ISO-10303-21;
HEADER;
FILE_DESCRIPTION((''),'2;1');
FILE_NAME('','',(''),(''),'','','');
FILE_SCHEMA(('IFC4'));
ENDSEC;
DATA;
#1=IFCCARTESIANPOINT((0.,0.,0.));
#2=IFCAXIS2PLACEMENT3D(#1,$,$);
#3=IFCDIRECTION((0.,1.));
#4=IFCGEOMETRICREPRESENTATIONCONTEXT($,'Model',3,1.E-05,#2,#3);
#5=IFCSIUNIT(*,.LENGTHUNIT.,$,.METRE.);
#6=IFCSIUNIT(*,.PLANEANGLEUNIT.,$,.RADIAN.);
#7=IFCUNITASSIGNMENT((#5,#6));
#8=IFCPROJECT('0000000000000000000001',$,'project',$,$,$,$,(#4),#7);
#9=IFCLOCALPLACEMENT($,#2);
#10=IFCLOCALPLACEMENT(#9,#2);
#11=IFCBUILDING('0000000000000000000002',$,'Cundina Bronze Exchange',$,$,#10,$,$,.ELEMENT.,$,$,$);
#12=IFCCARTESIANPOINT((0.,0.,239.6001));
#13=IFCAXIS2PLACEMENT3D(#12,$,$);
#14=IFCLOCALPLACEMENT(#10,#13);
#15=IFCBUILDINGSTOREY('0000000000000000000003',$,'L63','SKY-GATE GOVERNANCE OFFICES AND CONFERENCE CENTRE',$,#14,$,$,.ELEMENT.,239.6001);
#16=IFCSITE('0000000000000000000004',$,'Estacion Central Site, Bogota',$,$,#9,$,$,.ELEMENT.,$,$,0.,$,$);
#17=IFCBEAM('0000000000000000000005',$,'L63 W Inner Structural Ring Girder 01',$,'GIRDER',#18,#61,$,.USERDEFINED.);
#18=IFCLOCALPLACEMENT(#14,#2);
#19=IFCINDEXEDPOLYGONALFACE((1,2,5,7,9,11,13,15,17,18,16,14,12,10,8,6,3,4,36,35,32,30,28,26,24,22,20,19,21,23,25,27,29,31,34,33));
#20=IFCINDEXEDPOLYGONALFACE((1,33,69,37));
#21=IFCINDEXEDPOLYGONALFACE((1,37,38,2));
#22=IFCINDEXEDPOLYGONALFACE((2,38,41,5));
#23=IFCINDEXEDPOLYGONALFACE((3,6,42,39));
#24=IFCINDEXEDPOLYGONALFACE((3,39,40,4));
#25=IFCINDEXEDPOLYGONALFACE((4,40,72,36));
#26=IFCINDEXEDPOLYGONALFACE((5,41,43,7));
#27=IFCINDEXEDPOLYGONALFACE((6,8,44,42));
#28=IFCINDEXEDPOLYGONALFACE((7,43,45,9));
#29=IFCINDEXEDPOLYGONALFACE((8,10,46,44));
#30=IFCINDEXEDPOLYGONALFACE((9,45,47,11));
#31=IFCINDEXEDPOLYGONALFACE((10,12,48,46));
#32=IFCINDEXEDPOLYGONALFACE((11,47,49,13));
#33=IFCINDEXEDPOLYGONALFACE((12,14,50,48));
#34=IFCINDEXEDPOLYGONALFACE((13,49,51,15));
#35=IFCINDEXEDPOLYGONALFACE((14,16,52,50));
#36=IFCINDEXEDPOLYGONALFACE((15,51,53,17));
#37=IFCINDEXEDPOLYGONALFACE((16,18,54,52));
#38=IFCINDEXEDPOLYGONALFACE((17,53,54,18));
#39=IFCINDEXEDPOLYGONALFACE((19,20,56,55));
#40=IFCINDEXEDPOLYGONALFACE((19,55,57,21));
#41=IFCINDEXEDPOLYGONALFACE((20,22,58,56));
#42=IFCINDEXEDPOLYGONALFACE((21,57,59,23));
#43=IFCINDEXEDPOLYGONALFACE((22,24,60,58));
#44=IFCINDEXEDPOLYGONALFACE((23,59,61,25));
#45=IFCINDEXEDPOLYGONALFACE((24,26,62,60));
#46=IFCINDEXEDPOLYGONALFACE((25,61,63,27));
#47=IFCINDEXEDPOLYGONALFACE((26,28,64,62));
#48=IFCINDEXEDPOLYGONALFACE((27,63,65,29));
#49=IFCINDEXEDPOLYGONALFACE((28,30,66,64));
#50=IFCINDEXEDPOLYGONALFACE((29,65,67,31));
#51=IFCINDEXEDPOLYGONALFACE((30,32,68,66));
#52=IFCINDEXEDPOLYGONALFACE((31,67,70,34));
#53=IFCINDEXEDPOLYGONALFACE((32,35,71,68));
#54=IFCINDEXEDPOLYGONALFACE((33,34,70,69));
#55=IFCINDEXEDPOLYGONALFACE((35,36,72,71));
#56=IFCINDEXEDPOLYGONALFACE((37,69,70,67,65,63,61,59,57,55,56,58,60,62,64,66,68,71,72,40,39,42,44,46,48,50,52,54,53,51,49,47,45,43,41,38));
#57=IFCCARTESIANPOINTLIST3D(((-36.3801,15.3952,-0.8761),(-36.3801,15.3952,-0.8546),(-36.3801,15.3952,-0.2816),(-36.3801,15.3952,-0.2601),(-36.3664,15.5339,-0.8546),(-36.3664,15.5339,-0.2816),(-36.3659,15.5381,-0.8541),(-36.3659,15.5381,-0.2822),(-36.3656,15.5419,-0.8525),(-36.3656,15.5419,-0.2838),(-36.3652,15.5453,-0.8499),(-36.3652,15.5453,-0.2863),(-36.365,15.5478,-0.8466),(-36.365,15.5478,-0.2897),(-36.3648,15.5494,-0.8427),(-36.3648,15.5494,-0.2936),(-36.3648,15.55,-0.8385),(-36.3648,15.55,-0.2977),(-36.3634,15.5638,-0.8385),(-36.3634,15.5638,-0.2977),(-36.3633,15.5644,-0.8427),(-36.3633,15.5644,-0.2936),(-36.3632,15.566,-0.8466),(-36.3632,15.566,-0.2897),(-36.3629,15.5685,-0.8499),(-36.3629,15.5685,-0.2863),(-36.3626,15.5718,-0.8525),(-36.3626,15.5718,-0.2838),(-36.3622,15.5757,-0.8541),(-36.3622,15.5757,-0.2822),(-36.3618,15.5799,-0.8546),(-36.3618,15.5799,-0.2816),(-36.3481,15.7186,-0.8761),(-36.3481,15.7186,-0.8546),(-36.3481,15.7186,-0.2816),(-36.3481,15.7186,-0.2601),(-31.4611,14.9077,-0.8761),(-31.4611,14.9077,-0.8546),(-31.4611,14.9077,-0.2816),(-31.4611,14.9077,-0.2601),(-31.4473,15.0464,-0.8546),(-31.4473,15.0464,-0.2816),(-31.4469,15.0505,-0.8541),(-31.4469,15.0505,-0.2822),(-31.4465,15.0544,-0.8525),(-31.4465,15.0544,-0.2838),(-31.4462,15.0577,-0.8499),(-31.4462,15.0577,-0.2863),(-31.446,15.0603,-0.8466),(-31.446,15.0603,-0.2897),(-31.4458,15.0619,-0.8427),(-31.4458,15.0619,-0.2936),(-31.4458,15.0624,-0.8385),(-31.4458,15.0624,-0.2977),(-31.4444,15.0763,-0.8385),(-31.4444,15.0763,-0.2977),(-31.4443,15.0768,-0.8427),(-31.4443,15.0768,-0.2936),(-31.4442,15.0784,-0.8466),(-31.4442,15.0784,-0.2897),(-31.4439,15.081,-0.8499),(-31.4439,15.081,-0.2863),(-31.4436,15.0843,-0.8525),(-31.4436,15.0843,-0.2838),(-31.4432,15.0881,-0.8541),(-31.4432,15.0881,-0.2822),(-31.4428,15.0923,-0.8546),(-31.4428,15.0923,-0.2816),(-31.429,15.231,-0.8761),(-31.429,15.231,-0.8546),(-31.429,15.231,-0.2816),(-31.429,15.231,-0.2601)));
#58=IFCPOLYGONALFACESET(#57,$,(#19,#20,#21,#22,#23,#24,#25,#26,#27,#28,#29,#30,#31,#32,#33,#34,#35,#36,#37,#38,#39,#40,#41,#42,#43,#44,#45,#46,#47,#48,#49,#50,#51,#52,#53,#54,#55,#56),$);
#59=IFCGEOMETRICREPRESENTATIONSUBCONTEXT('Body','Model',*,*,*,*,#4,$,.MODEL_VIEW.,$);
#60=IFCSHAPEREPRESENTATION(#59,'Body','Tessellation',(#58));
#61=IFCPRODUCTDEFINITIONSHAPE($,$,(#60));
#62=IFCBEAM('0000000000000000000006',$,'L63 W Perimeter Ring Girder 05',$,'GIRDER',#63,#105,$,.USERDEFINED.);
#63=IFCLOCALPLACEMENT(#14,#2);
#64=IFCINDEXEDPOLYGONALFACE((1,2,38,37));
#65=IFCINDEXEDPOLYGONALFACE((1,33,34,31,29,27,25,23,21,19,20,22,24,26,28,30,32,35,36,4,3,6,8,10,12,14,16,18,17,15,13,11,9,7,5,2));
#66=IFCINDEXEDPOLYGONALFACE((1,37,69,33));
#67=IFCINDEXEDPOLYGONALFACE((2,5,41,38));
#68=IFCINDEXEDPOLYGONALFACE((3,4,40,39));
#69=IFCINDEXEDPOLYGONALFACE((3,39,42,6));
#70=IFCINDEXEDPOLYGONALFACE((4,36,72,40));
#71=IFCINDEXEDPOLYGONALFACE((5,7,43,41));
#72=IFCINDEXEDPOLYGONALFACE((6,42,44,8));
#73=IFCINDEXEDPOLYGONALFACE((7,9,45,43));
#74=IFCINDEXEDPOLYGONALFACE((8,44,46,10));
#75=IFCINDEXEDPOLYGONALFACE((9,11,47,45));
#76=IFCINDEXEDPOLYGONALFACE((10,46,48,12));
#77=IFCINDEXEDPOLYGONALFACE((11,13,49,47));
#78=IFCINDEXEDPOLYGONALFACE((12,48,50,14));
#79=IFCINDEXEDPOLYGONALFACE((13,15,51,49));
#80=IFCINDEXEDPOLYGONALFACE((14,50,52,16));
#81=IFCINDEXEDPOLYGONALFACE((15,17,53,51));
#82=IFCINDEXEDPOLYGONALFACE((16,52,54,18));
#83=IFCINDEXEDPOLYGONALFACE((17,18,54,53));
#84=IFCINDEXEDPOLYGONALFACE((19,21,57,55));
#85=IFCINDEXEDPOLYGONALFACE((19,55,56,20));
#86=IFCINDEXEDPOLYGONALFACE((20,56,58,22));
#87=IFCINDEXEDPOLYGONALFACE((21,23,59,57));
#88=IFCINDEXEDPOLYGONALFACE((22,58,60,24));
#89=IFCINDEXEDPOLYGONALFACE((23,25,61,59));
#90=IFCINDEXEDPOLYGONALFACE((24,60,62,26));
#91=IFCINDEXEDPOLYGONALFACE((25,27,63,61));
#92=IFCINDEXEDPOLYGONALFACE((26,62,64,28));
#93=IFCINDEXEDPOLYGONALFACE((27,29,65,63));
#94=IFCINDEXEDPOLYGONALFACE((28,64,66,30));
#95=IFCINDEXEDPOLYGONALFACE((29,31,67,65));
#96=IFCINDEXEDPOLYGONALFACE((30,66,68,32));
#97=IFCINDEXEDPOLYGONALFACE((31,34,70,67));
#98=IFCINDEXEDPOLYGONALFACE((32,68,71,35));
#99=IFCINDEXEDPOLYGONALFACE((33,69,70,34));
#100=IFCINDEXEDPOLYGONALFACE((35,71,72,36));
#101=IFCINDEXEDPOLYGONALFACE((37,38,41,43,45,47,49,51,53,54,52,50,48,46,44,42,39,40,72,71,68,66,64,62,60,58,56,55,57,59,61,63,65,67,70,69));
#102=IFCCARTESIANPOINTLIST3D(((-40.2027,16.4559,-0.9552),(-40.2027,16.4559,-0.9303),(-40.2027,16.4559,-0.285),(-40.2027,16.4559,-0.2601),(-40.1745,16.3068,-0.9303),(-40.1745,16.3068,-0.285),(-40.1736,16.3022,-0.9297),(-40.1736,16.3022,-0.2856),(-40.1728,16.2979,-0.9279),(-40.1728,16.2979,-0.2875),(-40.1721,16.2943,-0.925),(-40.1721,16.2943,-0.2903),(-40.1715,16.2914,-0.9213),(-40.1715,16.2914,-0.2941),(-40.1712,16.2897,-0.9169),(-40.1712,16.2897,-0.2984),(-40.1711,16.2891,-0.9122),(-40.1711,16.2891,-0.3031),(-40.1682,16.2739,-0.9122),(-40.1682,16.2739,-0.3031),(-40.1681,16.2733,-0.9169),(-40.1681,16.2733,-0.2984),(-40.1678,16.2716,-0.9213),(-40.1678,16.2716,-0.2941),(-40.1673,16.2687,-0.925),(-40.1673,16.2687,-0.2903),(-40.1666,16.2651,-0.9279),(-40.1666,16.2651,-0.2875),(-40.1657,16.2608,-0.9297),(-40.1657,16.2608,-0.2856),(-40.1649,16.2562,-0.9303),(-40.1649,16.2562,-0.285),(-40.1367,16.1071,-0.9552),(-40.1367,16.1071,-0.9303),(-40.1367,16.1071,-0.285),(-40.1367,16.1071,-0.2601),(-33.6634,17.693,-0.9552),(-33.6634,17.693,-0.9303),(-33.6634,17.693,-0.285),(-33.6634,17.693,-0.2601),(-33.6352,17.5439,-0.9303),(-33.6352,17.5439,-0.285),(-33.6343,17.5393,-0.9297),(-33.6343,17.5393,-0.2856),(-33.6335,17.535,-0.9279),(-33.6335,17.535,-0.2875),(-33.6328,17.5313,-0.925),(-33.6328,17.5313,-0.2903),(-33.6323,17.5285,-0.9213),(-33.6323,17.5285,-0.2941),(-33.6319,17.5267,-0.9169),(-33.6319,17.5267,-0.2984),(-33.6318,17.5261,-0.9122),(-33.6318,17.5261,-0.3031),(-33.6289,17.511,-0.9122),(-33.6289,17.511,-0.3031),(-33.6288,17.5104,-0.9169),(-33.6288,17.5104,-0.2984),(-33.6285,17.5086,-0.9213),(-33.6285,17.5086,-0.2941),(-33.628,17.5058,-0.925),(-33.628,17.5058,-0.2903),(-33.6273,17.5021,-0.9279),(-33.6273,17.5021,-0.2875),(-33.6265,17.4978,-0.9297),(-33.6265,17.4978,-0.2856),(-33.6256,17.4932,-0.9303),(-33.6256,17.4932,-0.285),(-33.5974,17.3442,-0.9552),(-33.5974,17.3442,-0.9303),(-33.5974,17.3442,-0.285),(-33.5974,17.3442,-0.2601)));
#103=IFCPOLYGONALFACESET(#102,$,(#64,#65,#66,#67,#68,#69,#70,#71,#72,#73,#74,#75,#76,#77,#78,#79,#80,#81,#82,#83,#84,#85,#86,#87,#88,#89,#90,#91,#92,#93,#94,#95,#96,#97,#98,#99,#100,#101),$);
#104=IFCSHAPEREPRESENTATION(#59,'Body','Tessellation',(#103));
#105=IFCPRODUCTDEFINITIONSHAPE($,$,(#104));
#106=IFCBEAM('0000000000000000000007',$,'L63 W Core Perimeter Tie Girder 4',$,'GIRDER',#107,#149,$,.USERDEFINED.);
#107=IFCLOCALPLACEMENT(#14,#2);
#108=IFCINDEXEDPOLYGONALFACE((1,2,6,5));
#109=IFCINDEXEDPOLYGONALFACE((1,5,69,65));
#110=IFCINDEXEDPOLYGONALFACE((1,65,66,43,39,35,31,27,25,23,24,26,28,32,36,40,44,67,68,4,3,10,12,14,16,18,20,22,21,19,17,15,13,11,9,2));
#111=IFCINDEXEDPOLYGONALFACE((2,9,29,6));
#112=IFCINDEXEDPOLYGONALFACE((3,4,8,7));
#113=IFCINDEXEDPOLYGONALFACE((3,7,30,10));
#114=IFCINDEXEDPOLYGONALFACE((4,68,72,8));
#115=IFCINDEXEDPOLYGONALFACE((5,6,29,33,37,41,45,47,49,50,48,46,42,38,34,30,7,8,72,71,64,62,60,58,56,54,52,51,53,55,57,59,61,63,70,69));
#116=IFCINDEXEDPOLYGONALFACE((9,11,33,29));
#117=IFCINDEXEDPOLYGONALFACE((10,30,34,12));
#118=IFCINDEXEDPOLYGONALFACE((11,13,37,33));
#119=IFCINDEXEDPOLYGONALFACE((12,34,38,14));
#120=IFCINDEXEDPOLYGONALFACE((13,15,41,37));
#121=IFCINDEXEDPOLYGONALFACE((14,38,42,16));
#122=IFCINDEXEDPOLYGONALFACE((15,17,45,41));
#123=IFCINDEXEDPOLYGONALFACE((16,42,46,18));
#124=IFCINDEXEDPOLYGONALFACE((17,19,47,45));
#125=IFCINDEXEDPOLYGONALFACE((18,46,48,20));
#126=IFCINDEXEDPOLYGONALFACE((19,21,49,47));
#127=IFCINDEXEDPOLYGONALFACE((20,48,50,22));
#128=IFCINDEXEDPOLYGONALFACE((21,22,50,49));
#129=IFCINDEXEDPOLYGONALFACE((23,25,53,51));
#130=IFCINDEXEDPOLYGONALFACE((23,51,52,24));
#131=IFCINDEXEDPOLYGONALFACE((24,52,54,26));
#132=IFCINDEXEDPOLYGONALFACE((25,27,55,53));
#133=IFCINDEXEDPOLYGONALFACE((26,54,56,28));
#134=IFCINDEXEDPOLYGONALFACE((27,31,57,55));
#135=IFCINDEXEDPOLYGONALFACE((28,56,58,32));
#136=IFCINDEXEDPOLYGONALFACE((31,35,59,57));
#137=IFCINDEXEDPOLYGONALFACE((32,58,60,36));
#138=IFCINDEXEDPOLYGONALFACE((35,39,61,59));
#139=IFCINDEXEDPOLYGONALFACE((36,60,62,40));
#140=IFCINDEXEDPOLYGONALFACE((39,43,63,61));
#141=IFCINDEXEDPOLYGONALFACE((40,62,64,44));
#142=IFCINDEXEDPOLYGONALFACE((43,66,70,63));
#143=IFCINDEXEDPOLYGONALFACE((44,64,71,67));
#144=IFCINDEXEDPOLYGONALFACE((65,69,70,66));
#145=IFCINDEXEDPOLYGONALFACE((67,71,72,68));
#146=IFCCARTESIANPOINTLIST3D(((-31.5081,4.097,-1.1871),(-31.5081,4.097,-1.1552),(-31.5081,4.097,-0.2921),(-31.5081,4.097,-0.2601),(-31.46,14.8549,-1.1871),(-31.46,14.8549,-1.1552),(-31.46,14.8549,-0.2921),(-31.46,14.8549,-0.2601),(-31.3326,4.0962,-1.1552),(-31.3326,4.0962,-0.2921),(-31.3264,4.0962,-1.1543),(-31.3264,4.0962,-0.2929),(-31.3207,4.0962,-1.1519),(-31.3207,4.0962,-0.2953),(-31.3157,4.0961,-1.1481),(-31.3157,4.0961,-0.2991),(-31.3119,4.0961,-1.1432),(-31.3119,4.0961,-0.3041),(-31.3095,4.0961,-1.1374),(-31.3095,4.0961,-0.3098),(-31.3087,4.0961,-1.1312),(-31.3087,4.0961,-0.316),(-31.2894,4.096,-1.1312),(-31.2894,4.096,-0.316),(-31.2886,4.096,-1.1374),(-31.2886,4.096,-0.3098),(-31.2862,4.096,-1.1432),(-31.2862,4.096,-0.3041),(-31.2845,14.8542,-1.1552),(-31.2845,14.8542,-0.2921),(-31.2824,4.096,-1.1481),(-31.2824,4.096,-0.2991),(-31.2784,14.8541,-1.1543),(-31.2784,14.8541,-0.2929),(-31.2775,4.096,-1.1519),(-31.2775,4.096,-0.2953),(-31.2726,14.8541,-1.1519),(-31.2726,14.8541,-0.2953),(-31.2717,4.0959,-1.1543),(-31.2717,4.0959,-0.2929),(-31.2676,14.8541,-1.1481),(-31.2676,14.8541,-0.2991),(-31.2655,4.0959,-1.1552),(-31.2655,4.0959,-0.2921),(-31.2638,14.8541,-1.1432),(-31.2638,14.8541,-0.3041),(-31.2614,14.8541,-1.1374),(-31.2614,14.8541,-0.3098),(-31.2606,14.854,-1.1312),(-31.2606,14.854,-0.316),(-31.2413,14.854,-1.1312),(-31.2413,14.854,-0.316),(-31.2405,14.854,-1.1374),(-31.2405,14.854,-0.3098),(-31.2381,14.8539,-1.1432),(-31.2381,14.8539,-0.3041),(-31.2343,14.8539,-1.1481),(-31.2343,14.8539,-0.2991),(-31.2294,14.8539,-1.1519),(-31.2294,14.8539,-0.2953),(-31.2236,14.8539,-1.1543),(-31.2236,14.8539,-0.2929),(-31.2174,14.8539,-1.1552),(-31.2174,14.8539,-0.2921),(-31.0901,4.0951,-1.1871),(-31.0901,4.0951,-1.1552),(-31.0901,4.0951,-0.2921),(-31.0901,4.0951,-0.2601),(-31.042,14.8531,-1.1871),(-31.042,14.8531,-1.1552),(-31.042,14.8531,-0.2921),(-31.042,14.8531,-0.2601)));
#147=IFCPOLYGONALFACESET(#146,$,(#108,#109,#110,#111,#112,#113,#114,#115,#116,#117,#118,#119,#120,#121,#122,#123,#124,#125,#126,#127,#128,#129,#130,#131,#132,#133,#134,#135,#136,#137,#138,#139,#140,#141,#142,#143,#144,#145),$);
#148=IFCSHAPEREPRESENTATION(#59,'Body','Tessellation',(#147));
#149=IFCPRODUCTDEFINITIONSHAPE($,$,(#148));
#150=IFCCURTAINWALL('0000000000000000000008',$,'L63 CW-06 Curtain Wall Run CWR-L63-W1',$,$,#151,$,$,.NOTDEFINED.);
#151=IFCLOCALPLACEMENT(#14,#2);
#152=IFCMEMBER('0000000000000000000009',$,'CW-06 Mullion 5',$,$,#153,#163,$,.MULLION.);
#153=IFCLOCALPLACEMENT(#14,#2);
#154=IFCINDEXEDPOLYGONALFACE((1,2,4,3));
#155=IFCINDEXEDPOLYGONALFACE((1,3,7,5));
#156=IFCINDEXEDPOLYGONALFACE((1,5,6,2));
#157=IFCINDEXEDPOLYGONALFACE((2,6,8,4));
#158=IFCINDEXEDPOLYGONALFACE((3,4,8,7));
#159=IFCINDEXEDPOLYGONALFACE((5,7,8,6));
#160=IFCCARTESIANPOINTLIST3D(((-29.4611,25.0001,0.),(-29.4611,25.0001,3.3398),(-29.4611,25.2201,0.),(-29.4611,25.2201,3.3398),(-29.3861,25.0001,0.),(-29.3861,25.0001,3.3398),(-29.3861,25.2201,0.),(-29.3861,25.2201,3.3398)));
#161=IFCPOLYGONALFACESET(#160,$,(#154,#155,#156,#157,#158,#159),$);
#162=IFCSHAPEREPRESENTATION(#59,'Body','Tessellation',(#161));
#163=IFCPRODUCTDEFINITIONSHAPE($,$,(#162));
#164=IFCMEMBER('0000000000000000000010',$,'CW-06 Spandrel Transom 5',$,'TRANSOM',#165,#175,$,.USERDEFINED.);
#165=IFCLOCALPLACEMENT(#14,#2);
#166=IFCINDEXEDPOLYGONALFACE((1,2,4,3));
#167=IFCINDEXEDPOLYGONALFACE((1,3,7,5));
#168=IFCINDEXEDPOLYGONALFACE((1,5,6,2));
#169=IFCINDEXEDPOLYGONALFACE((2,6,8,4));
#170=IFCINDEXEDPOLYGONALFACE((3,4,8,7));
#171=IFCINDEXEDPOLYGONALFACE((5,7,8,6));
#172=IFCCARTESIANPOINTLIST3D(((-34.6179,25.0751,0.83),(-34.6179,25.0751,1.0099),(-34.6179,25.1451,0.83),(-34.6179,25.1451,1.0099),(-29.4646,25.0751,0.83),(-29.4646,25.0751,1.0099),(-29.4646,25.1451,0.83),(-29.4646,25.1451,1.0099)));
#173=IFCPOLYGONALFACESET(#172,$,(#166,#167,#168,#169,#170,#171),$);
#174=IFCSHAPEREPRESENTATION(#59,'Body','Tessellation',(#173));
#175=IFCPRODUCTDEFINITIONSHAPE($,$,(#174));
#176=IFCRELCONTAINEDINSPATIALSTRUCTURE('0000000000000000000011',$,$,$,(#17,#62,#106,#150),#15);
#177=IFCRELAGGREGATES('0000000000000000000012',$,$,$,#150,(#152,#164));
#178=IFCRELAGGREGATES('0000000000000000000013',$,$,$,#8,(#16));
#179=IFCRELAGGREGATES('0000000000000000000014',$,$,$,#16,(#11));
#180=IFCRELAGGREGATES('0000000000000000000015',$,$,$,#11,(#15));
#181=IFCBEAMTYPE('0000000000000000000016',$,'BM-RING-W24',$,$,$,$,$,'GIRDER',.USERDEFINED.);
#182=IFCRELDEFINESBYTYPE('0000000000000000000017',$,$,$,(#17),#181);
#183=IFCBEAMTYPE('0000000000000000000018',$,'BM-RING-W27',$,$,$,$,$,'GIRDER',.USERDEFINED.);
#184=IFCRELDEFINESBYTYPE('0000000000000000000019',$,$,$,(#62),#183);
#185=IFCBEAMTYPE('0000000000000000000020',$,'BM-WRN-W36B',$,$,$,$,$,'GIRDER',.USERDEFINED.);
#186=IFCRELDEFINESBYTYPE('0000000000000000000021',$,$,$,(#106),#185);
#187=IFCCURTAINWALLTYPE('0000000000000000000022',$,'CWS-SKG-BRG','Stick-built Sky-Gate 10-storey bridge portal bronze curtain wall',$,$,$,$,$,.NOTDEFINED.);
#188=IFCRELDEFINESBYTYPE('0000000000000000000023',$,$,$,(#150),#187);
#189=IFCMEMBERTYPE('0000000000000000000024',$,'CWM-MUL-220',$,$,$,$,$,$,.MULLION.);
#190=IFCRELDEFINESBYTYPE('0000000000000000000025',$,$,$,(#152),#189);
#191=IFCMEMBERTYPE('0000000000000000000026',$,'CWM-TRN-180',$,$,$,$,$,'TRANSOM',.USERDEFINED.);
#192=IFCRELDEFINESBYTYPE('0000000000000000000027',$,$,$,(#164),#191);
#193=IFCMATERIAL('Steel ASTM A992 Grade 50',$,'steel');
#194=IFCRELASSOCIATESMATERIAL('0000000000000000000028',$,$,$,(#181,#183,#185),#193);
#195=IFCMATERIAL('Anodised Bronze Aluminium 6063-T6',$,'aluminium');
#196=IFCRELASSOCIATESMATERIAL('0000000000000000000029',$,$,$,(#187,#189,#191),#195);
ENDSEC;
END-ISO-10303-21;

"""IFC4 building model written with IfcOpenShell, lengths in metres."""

from ifc_helpers import new_model, si_unit, direction, frame, origin, origin_2d, place, context, subcontext, project, spatial, rectangle, i_section, extrude, material, material_profile, profile_set, type_object, element, aggregate, save


model = new_model("IFC4")

# Units and contexts
model_context = context("Model", 3, precision=1e-05, world=origin(), true_north=direction((0.0, 1.0)))
body_context = subcontext(model_context, "Body", "Model", "MODEL_VIEW")
ifc_project = project(units=[si_unit("LENGTHUNIT", "METRE"), si_unit("PLANEANGLEUNIT", "RADIAN")], contexts=[model_context])

# Site, building, storey
site_placement = place(None, origin())
site = spatial("IfcSite", under=ifc_project, at=site_placement, Name="Estacion Central Site, Bogota", CompositionType="ELEMENT", RefElevation=0.0)
building_placement = place(site_placement, origin())
building = spatial("IfcBuilding", under=site, at=building_placement, Name="Cundina Bronze Exchange", CompositionType="ELEMENT")
storey_placement = place(building_placement, frame((0.0, 0.0, 239.6001)))
storey = spatial("IfcBuildingStorey", under=building, at=storey_placement, Name="L63", Description="SKY-GATE GOVERNANCE OFFICES AND CONFERENCE CENTRE", CompositionType="ELEMENT", Elevation=239.6001)

# Shared definitions
ifc_material_1 = material(Name="Steel ASTM A992 Grade 50", Category="steel")

# Beams
ifc_material_profile_1 = material_profile(ifc_material_1, i_section(OverallWidth=0.325, OverallDepth=0.616, WebThickness=0.0139, FlangeThickness=0.0215, FilletRadius=0.0161, at=origin_2d()), Name="W24X117", Category="steel")
ifc_profile_set_1 = profile_set([ifc_material_profile_1], Name="Steel ASTM A992 Grade 50")
beam_type_1 = type_object("IfcBeamType", Name="BM-RING-W24", ElementType="GIRDER", PredefinedType="USERDEFINED", material=ifc_profile_set_1)
beam_1_placement = place(storey_placement, frame((-31.4451, 15.0693, -0.5681), z_axis=(-0.995124, 0.098633, 0.0), x_axis=(-0.098633, -0.995124, 0.0)))
element("IfcBeam", 1, at=beam_1_placement, inside=storey, type_object=beam_type_1, Name="L63 W Inner Structural Ring Girder 01", ObjectType="GIRDER", PredefinedType="USERDEFINED", context=body_context, shape_type="SweptSolid", body=[
    extrude(i_section(OverallWidth=0.325, OverallDepth=0.616, WebThickness=0.0139, FlangeThickness=0.0215, FilletRadius=0.0161, at=origin_2d()), origin(), (0.0, 0.0, 1.0), 4.9431),
])
ifc_material_profile_2 = material_profile(ifc_material_1, i_section(OverallWidth=0.355, OverallDepth=0.6951, WebThickness=0.0154, FlangeThickness=0.0249, FilletRadius=0.0181, at=origin_2d()), Name="W27X146", Category="steel")
ifc_profile_set_2 = profile_set([ifc_material_profile_2], Name="Steel ASTM A992 Grade 50")
beam_type_2 = type_object("IfcBeamType", Name="BM-RING-W27", ElementType="GIRDER", PredefinedType="USERDEFINED", material=ifc_profile_set_2)
beam_2_placement = place(storey_placement, frame((-33.6304, 17.5186, -0.6077), z_axis=(-0.982573, -0.185876, 0.0), x_axis=(0.185876, -0.982573, 0.0)))
element("IfcBeam", 2, at=beam_2_placement, inside=storey, type_object=beam_type_2, Name="L63 W Perimeter Ring Girder 05", ObjectType="GIRDER", PredefinedType="USERDEFINED", context=body_context, shape_type="SweptSolid", body=[
    extrude(i_section(OverallWidth=0.355, OverallDepth=0.6951, WebThickness=0.0154, FlangeThickness=0.0249, FilletRadius=0.0181, at=origin_2d()), origin(), (0.0, 0.0, 1.0), 6.6553),
])
ifc_material_profile_3 = material_profile(ifc_material_1, i_section(OverallWidth=0.418, OverallDepth=0.927, WebThickness=0.0193, FlangeThickness=0.032, FilletRadius=0.0239, at=origin_2d()), Name="W36X231", Category="steel")
ifc_profile_set_3 = profile_set([ifc_material_profile_3], Name="Steel ASTM A992 Grade 50")
beam_type_3 = type_object("IfcBeamType", Name="BM-WRN-W36B", ElementType="GIRDER", PredefinedType="USERDEFINED", material=ifc_profile_set_3)
beam_3_placement = place(storey_placement, frame((-31.251, 14.854, -0.7236), z_axis=(-0.004471, -0.99999, 0.0), x_axis=(0.99999, -0.004471, 0.0)))
element("IfcBeam", 3, at=beam_3_placement, inside=storey, type_object=beam_type_3, Name="L63 W Core Perimeter Tie Girder 4", ObjectType="GIRDER", PredefinedType="USERDEFINED", context=body_context, shape_type="SweptSolid", body=[
    extrude(i_section(OverallWidth=0.418, OverallDepth=0.927, WebThickness=0.0193, FlangeThickness=0.032, FilletRadius=0.0239, at=origin_2d()), origin(), (0.0, 0.0, 1.0), 10.7581),
])

# Curtain wall, members
ifc_material_2 = material(Name="Anodised Bronze Aluminium 6063-T6", Category="aluminium")
curtain_wall_type = type_object("IfcCurtainWallType", Name="CWS-SKG-BRG", Description="Stick-built Sky-Gate 10-storey bridge portal bronze curtain wall", PredefinedType="NOTDEFINED", material=ifc_material_2)
curtain_wall_placement = place(storey_placement, origin())
curtain_wall = element("IfcCurtainWall", 4, at=curtain_wall_placement, inside=storey, type_object=curtain_wall_type, Name="L63 CW-06 Curtain Wall Run CWR-L63-W1", PredefinedType="NOTDEFINED")
ifc_material_profile_4 = material_profile(ifc_material_2, rectangle(XDim=0.075, YDim=0.22, at=origin_2d()), Name="AL75X220", Category="aluminium")
ifc_profile_set_4 = profile_set([ifc_material_profile_4], Name="Anodised Bronze Aluminium 6063-T6")
member_type_1 = type_object("IfcMemberType", Name="CWM-MUL-220", PredefinedType="MULLION", material=ifc_profile_set_4)
member_1_placement = place(storey_placement, frame((-29.4236, 25.1101, 0.0), z_axis=(0.0, 0.0, 1.0), x_axis=(-1.0, 0.0, 0.0)))
member_1 = element("IfcMember", 5, at=member_1_placement, type_object=member_type_1, Name="CW-06 Mullion 5", PredefinedType="MULLION", context=body_context, shape_type="SweptSolid", body=[
    extrude(rectangle(XDim=0.075, YDim=0.22, at=origin_2d()), origin(), (0.0, 0.0, 1.0), 3.3398),
])
ifc_material_profile_5 = material_profile(ifc_material_2, rectangle(XDim=0.0701, YDim=0.1799, at=origin_2d()), Name="AL70X180", Category="aluminium")
ifc_profile_set_5 = profile_set([ifc_material_profile_5], Name="Anodised Bronze Aluminium 6063-T6")
member_type_2 = type_object("IfcMemberType", Name="CWM-TRN-180", ElementType="TRANSOM", PredefinedType="USERDEFINED", material=ifc_profile_set_5)
member_2_placement = place(storey_placement, frame((-29.4646, 25.1101, 0.9199), z_axis=(-1.0, 0.0, 0.0), x_axis=(0.0, -1.0, 0.0)))
member_2 = element("IfcMember", 6, at=member_2_placement, type_object=member_type_2, Name="CW-06 Spandrel Transom 5", ObjectType="TRANSOM", PredefinedType="USERDEFINED", context=body_context, shape_type="SweptSolid", body=[
    extrude(rectangle(XDim=0.0701, YDim=0.1799, at=origin_2d()), origin(), (0.0, 0.0, 1.0), 5.1533),
])
aggregate(curtain_wall, [member_1, member_2])

save(model, "model.ifc")
